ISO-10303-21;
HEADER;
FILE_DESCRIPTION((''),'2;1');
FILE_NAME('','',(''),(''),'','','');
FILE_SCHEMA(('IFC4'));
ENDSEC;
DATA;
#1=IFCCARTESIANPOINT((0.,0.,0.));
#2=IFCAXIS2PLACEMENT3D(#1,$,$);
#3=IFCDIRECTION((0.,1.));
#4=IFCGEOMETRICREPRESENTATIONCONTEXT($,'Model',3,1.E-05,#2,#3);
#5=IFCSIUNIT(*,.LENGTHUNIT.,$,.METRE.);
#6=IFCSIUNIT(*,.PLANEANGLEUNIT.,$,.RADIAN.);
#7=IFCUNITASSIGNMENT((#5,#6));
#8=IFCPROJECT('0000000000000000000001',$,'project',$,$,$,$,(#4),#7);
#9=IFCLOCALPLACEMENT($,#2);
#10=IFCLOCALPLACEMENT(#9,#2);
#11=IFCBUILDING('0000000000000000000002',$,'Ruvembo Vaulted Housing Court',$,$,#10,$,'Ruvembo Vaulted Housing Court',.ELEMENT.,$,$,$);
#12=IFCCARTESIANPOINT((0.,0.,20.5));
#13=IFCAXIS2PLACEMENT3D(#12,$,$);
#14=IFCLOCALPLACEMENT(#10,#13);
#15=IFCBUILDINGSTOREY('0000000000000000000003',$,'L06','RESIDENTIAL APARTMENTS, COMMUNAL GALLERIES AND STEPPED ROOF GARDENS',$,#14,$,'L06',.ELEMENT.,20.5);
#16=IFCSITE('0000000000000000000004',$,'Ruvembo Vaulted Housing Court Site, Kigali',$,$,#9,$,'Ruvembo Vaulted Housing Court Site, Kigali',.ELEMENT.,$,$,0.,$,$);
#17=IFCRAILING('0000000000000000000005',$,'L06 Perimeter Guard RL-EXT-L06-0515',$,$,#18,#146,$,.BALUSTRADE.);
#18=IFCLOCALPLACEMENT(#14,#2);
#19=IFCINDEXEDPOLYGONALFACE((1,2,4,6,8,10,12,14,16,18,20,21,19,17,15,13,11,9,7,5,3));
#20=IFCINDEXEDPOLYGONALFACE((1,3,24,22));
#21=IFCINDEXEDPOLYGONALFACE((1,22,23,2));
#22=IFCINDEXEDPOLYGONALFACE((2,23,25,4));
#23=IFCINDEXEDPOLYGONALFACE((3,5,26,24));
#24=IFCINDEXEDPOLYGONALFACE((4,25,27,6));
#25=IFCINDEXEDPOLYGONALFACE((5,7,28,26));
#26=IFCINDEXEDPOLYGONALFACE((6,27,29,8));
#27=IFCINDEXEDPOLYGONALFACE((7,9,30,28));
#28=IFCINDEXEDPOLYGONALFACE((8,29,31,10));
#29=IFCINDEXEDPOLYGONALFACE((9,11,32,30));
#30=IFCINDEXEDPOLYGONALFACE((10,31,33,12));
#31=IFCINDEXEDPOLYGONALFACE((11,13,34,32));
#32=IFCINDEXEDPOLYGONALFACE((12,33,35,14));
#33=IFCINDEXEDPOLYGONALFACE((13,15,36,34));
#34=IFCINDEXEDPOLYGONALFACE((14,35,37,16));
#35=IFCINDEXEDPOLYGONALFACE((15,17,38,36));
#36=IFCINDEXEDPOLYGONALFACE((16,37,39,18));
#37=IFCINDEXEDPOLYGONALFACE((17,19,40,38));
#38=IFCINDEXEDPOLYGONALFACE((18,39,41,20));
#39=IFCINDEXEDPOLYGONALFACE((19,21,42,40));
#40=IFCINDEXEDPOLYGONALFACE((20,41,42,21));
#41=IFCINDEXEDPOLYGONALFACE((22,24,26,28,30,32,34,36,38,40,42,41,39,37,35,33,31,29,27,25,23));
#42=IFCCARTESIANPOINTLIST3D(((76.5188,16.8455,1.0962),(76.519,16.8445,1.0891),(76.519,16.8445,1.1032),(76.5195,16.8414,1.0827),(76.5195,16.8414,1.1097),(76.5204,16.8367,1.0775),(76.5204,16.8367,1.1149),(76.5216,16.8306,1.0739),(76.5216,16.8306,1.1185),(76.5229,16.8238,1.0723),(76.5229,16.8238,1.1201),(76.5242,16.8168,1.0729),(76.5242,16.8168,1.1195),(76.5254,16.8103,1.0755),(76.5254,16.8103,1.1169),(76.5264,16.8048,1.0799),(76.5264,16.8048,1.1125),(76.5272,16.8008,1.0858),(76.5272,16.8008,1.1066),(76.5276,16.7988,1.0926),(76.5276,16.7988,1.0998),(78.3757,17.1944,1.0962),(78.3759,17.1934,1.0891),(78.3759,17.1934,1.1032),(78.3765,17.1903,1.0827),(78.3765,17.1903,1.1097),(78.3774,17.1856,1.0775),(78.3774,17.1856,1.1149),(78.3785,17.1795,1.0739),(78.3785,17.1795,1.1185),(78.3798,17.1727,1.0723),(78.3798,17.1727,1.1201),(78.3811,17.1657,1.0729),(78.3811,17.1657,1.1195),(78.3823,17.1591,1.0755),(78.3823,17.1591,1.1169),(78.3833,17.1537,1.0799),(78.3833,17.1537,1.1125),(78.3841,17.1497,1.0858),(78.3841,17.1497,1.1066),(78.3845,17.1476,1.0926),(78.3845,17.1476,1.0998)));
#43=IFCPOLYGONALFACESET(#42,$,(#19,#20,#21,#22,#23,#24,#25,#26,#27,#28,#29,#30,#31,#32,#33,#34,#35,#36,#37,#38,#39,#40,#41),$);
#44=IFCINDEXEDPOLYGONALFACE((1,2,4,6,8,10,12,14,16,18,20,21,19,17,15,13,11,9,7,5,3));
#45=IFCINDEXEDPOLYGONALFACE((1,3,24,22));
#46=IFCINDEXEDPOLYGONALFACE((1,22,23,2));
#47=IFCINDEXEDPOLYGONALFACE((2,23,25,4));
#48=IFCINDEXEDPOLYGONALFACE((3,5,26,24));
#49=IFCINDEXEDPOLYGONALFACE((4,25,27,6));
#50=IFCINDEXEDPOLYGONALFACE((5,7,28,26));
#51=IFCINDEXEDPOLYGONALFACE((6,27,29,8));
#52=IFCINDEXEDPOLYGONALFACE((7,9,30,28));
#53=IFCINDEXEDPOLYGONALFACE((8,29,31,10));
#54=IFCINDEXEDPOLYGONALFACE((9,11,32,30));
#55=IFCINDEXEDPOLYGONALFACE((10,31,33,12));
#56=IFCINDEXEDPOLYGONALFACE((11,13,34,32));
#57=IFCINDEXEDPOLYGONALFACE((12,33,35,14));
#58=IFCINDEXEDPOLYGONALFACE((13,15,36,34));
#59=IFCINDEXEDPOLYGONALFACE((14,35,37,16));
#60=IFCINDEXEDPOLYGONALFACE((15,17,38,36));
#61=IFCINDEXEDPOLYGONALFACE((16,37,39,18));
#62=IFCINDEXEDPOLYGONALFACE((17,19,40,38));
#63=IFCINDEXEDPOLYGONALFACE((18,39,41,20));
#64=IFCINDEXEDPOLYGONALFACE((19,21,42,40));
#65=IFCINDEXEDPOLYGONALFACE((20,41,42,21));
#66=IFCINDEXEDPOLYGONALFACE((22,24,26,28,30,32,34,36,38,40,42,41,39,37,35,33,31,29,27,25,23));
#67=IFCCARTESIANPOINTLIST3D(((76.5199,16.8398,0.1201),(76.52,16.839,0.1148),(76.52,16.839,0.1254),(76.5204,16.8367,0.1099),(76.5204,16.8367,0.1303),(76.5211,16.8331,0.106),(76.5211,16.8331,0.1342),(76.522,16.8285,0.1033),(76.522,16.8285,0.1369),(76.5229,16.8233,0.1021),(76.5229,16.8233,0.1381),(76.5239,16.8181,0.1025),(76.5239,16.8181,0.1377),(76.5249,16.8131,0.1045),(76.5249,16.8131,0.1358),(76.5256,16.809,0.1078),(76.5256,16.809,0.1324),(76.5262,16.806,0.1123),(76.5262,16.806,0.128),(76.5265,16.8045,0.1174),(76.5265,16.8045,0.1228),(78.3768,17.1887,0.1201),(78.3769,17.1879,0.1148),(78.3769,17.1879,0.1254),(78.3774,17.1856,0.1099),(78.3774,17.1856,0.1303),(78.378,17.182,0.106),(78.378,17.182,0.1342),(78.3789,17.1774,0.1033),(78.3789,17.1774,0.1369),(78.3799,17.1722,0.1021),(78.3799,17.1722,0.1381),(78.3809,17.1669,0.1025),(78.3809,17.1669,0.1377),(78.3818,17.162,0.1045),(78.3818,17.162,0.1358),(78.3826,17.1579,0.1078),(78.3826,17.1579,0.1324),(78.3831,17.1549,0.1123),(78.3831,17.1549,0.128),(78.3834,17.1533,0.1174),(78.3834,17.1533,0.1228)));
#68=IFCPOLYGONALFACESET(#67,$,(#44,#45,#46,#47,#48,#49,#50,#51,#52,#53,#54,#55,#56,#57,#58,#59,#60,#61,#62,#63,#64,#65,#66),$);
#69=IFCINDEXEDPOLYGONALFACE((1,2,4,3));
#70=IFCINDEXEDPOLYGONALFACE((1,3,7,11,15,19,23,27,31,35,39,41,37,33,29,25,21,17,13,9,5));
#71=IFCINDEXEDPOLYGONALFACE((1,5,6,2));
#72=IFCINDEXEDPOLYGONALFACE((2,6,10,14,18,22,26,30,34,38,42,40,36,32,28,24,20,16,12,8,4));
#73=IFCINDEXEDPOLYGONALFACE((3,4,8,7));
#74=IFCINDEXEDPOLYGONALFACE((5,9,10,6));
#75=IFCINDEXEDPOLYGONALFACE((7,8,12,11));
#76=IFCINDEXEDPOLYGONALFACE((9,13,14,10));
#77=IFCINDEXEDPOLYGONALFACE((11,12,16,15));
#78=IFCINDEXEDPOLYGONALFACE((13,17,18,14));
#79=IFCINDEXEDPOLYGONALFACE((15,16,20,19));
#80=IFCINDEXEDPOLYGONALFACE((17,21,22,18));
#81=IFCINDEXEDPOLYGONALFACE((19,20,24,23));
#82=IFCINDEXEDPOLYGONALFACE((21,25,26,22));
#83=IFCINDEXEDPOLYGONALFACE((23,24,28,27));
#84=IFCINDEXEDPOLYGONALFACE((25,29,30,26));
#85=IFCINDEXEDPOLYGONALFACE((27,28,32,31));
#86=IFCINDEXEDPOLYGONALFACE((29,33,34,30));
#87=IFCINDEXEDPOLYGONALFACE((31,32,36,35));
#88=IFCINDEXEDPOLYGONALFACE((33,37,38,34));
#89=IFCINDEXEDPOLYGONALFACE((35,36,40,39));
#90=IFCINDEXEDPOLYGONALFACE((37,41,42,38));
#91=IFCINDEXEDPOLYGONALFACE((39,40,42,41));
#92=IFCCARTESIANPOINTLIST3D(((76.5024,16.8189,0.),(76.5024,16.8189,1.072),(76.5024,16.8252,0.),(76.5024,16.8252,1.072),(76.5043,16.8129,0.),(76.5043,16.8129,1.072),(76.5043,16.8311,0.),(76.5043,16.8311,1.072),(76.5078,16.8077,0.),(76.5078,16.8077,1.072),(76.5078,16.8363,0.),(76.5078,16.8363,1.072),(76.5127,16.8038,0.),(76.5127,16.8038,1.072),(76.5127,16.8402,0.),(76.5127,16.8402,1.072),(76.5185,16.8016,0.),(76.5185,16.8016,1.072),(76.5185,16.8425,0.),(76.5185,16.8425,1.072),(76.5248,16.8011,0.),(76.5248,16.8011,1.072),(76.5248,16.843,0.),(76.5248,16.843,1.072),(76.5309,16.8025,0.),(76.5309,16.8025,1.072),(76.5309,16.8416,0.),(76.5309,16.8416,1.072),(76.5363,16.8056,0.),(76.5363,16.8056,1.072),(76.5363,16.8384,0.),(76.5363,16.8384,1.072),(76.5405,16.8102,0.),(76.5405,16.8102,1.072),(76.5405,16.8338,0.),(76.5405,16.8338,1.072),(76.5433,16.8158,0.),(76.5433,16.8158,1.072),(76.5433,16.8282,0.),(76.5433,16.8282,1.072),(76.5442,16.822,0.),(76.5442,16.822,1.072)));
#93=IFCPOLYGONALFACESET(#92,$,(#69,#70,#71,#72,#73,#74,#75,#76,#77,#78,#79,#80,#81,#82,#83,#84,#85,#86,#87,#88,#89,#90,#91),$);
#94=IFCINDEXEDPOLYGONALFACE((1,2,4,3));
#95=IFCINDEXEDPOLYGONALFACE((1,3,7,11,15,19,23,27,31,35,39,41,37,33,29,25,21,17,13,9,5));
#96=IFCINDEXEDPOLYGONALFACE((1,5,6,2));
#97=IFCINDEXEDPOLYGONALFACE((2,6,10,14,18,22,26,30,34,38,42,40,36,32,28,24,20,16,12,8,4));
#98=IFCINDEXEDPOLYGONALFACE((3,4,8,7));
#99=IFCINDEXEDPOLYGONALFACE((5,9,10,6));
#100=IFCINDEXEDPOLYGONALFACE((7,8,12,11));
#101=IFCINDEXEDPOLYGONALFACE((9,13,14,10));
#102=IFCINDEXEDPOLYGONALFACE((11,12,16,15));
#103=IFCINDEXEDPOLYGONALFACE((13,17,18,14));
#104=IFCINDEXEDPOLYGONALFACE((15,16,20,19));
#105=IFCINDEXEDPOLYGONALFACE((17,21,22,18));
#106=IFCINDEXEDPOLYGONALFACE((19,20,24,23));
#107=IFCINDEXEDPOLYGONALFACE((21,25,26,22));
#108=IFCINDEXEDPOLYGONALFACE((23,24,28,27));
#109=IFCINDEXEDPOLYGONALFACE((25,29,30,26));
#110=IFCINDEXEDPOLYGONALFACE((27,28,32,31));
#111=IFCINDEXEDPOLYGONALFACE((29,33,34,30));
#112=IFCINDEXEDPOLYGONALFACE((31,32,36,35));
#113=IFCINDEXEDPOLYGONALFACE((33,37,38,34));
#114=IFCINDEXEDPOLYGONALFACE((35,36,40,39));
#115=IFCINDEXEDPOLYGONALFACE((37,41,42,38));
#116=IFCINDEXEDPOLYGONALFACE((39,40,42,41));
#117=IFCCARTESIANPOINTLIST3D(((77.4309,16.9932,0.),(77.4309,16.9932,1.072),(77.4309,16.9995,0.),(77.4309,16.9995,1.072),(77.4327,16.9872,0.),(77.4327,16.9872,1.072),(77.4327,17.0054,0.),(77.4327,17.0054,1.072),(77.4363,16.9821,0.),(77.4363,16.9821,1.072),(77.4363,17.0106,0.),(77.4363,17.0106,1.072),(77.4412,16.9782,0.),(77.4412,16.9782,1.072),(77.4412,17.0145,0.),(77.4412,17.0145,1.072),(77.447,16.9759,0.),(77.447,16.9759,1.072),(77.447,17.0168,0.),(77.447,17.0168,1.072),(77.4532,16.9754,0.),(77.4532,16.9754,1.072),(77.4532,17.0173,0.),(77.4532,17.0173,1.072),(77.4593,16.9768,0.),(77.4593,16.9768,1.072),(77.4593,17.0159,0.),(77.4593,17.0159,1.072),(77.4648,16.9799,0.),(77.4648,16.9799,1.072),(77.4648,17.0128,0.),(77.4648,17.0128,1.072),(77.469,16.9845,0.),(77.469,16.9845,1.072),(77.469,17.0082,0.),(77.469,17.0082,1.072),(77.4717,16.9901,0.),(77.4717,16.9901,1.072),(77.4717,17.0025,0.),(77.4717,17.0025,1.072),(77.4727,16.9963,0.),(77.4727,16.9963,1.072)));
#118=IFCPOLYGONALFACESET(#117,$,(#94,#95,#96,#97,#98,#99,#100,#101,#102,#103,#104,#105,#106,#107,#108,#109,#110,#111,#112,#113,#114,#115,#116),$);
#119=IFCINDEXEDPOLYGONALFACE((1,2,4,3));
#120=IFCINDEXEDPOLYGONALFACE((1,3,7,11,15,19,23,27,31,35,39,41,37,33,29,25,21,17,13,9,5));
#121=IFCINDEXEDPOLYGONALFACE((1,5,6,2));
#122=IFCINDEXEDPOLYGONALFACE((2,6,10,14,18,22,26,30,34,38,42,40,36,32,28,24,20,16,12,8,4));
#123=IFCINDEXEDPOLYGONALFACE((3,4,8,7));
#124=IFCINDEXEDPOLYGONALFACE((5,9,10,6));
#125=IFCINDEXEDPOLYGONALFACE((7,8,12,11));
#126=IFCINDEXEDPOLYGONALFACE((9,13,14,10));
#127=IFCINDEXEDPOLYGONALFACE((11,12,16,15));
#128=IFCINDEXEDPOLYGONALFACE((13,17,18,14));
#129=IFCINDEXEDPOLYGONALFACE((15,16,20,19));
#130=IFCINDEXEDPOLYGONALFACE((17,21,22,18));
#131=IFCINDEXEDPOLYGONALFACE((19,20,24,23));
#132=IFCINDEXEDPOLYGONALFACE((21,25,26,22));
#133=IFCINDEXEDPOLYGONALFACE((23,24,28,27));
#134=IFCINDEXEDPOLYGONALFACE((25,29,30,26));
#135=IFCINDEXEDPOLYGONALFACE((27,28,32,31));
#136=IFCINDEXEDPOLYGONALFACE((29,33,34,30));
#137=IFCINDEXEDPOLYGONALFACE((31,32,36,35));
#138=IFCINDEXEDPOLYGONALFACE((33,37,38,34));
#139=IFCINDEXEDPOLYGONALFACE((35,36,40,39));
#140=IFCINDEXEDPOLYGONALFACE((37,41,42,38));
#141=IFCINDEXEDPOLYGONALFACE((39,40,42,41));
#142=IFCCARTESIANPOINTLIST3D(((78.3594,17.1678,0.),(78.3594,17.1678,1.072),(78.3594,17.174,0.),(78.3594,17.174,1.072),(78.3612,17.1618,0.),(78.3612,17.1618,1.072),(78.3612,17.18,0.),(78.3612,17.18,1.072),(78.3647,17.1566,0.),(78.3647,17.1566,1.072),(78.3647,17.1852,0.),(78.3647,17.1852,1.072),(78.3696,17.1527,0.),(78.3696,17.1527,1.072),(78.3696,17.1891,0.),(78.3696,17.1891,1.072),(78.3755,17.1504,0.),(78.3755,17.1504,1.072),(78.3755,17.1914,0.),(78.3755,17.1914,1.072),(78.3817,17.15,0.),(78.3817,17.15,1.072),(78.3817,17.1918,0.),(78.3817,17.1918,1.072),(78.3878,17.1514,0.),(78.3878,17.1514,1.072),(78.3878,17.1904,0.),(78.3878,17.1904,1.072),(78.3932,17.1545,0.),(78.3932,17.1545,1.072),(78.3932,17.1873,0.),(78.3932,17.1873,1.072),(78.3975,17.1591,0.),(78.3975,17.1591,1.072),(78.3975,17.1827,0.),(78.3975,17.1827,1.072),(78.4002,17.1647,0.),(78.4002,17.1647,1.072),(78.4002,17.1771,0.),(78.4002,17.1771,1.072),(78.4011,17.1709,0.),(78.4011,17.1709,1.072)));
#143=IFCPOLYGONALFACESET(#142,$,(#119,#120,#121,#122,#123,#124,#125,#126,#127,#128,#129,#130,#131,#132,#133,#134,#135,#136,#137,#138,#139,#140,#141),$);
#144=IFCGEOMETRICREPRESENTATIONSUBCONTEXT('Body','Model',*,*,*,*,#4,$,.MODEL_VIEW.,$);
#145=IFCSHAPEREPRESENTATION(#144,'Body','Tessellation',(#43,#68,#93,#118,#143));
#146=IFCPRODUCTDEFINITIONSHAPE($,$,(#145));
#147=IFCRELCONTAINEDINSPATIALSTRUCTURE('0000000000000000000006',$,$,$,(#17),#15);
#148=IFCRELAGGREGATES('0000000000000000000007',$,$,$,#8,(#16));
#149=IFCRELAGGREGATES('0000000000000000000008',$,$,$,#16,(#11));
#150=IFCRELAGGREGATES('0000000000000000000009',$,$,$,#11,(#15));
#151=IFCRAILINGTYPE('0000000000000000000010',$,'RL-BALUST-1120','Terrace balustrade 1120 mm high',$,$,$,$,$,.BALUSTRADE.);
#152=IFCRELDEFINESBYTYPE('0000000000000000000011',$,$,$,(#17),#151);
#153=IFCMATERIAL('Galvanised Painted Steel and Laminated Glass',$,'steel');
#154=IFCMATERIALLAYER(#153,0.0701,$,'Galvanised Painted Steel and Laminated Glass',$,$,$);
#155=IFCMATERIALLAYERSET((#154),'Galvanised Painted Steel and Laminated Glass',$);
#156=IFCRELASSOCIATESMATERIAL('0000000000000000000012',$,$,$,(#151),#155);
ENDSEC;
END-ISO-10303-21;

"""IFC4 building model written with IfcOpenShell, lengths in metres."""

from ifc_helpers import new_model, si_unit, direction, frame, origin, origin_2d, place, context, subcontext, project, spatial, circle, extrude, material, layer, layer_set, type_object, element, save


model = new_model("IFC4")

# Units and contexts
model_context = context("Model", 3, precision=1e-05, world=origin(), true_north=direction((0.0, 1.0)))
body_context = subcontext(model_context, "Body", "Model", "MODEL_VIEW")
ifc_project = project(units=[si_unit("LENGTHUNIT", "METRE"), si_unit("PLANEANGLEUNIT", "RADIAN")], contexts=[model_context])

# Site, building, storey
site_placement = place(None, origin())
site = spatial("IfcSite", under=ifc_project, at=site_placement, Name="Ruvembo Vaulted Housing Court Site, Kigali", LongName="Ruvembo Vaulted Housing Court Site, Kigali", CompositionType="ELEMENT", RefElevation=0.0)
building_placement = place(site_placement, origin())
building = spatial("IfcBuilding", under=site, at=building_placement, Name="Ruvembo Vaulted Housing Court", LongName="Ruvembo Vaulted Housing Court", CompositionType="ELEMENT")
storey_placement = place(building_placement, frame((0.0, 0.0, 20.5)))
storey = spatial("IfcBuildingStorey", under=building, at=storey_placement, Name="L06", Description="RESIDENTIAL APARTMENTS, COMMUNAL GALLERIES AND STEPPED ROOF GARDENS", LongName="L06", CompositionType="ELEMENT", Elevation=20.5)

# Railing
ifc_material_1 = material(Name="Galvanised Painted Steel and Laminated Glass", Category="steel")
ifc_layer = layer(ifc_material_1, 0.0701, Name="Galvanised Painted Steel and Laminated Glass")
ifc_layer_set = layer_set([ifc_layer], Name="Galvanised Painted Steel and Laminated Glass")
railing_type = type_object("IfcRailingType", Name="RL-BALUST-1120", Description="Terrace balustrade 1120 mm high", PredefinedType="BALUSTRADE", material=ifc_layer_set)
railing_1_placement = place(storey_placement, frame((76.5232, 16.822, 0.0)))
element("IfcRailing", 1, at=railing_1_placement, inside=storey, type_object=railing_type, Name="L06 Perimeter Guard RL-EXT-L06-0515", PredefinedType="BALUSTRADE", context=body_context, shape_type="SweptSolid", body=[
    extrude(circle(Radius=0.0239, at=origin_2d()), frame((0.0, 0.0, 1.0962), z_axis=(0.982805, 0.184647, 0.0), x_axis=(-0.184647, 0.982805, 0.0)), (0.0, 0.0, 1.0), 1.8894),
    extrude(circle(Radius=0.0181, at=origin_2d()), frame((0.0, 0.0, 0.1201), z_axis=(0.982805, 0.184647, 0.0), x_axis=(-0.184647, 0.982805, 0.0)), (0.0, 0.0, 1.0), 1.8894),
    extrude(circle(Radius=0.021, at=origin_2d()), origin(), (0.0, 0.0, 1.0), 1.072),
    extrude(circle(Radius=0.021, at=origin_2d()), frame((0.9285, 0.1743, 0.0)), (0.0, 0.0, 1.0), 1.072),
    extrude(circle(Radius=0.021, at=origin_2d()), frame((1.8569, 0.3489, 0.0)), (0.0, 0.0, 1.0), 1.072),
])

save(model, "model.ifc")
